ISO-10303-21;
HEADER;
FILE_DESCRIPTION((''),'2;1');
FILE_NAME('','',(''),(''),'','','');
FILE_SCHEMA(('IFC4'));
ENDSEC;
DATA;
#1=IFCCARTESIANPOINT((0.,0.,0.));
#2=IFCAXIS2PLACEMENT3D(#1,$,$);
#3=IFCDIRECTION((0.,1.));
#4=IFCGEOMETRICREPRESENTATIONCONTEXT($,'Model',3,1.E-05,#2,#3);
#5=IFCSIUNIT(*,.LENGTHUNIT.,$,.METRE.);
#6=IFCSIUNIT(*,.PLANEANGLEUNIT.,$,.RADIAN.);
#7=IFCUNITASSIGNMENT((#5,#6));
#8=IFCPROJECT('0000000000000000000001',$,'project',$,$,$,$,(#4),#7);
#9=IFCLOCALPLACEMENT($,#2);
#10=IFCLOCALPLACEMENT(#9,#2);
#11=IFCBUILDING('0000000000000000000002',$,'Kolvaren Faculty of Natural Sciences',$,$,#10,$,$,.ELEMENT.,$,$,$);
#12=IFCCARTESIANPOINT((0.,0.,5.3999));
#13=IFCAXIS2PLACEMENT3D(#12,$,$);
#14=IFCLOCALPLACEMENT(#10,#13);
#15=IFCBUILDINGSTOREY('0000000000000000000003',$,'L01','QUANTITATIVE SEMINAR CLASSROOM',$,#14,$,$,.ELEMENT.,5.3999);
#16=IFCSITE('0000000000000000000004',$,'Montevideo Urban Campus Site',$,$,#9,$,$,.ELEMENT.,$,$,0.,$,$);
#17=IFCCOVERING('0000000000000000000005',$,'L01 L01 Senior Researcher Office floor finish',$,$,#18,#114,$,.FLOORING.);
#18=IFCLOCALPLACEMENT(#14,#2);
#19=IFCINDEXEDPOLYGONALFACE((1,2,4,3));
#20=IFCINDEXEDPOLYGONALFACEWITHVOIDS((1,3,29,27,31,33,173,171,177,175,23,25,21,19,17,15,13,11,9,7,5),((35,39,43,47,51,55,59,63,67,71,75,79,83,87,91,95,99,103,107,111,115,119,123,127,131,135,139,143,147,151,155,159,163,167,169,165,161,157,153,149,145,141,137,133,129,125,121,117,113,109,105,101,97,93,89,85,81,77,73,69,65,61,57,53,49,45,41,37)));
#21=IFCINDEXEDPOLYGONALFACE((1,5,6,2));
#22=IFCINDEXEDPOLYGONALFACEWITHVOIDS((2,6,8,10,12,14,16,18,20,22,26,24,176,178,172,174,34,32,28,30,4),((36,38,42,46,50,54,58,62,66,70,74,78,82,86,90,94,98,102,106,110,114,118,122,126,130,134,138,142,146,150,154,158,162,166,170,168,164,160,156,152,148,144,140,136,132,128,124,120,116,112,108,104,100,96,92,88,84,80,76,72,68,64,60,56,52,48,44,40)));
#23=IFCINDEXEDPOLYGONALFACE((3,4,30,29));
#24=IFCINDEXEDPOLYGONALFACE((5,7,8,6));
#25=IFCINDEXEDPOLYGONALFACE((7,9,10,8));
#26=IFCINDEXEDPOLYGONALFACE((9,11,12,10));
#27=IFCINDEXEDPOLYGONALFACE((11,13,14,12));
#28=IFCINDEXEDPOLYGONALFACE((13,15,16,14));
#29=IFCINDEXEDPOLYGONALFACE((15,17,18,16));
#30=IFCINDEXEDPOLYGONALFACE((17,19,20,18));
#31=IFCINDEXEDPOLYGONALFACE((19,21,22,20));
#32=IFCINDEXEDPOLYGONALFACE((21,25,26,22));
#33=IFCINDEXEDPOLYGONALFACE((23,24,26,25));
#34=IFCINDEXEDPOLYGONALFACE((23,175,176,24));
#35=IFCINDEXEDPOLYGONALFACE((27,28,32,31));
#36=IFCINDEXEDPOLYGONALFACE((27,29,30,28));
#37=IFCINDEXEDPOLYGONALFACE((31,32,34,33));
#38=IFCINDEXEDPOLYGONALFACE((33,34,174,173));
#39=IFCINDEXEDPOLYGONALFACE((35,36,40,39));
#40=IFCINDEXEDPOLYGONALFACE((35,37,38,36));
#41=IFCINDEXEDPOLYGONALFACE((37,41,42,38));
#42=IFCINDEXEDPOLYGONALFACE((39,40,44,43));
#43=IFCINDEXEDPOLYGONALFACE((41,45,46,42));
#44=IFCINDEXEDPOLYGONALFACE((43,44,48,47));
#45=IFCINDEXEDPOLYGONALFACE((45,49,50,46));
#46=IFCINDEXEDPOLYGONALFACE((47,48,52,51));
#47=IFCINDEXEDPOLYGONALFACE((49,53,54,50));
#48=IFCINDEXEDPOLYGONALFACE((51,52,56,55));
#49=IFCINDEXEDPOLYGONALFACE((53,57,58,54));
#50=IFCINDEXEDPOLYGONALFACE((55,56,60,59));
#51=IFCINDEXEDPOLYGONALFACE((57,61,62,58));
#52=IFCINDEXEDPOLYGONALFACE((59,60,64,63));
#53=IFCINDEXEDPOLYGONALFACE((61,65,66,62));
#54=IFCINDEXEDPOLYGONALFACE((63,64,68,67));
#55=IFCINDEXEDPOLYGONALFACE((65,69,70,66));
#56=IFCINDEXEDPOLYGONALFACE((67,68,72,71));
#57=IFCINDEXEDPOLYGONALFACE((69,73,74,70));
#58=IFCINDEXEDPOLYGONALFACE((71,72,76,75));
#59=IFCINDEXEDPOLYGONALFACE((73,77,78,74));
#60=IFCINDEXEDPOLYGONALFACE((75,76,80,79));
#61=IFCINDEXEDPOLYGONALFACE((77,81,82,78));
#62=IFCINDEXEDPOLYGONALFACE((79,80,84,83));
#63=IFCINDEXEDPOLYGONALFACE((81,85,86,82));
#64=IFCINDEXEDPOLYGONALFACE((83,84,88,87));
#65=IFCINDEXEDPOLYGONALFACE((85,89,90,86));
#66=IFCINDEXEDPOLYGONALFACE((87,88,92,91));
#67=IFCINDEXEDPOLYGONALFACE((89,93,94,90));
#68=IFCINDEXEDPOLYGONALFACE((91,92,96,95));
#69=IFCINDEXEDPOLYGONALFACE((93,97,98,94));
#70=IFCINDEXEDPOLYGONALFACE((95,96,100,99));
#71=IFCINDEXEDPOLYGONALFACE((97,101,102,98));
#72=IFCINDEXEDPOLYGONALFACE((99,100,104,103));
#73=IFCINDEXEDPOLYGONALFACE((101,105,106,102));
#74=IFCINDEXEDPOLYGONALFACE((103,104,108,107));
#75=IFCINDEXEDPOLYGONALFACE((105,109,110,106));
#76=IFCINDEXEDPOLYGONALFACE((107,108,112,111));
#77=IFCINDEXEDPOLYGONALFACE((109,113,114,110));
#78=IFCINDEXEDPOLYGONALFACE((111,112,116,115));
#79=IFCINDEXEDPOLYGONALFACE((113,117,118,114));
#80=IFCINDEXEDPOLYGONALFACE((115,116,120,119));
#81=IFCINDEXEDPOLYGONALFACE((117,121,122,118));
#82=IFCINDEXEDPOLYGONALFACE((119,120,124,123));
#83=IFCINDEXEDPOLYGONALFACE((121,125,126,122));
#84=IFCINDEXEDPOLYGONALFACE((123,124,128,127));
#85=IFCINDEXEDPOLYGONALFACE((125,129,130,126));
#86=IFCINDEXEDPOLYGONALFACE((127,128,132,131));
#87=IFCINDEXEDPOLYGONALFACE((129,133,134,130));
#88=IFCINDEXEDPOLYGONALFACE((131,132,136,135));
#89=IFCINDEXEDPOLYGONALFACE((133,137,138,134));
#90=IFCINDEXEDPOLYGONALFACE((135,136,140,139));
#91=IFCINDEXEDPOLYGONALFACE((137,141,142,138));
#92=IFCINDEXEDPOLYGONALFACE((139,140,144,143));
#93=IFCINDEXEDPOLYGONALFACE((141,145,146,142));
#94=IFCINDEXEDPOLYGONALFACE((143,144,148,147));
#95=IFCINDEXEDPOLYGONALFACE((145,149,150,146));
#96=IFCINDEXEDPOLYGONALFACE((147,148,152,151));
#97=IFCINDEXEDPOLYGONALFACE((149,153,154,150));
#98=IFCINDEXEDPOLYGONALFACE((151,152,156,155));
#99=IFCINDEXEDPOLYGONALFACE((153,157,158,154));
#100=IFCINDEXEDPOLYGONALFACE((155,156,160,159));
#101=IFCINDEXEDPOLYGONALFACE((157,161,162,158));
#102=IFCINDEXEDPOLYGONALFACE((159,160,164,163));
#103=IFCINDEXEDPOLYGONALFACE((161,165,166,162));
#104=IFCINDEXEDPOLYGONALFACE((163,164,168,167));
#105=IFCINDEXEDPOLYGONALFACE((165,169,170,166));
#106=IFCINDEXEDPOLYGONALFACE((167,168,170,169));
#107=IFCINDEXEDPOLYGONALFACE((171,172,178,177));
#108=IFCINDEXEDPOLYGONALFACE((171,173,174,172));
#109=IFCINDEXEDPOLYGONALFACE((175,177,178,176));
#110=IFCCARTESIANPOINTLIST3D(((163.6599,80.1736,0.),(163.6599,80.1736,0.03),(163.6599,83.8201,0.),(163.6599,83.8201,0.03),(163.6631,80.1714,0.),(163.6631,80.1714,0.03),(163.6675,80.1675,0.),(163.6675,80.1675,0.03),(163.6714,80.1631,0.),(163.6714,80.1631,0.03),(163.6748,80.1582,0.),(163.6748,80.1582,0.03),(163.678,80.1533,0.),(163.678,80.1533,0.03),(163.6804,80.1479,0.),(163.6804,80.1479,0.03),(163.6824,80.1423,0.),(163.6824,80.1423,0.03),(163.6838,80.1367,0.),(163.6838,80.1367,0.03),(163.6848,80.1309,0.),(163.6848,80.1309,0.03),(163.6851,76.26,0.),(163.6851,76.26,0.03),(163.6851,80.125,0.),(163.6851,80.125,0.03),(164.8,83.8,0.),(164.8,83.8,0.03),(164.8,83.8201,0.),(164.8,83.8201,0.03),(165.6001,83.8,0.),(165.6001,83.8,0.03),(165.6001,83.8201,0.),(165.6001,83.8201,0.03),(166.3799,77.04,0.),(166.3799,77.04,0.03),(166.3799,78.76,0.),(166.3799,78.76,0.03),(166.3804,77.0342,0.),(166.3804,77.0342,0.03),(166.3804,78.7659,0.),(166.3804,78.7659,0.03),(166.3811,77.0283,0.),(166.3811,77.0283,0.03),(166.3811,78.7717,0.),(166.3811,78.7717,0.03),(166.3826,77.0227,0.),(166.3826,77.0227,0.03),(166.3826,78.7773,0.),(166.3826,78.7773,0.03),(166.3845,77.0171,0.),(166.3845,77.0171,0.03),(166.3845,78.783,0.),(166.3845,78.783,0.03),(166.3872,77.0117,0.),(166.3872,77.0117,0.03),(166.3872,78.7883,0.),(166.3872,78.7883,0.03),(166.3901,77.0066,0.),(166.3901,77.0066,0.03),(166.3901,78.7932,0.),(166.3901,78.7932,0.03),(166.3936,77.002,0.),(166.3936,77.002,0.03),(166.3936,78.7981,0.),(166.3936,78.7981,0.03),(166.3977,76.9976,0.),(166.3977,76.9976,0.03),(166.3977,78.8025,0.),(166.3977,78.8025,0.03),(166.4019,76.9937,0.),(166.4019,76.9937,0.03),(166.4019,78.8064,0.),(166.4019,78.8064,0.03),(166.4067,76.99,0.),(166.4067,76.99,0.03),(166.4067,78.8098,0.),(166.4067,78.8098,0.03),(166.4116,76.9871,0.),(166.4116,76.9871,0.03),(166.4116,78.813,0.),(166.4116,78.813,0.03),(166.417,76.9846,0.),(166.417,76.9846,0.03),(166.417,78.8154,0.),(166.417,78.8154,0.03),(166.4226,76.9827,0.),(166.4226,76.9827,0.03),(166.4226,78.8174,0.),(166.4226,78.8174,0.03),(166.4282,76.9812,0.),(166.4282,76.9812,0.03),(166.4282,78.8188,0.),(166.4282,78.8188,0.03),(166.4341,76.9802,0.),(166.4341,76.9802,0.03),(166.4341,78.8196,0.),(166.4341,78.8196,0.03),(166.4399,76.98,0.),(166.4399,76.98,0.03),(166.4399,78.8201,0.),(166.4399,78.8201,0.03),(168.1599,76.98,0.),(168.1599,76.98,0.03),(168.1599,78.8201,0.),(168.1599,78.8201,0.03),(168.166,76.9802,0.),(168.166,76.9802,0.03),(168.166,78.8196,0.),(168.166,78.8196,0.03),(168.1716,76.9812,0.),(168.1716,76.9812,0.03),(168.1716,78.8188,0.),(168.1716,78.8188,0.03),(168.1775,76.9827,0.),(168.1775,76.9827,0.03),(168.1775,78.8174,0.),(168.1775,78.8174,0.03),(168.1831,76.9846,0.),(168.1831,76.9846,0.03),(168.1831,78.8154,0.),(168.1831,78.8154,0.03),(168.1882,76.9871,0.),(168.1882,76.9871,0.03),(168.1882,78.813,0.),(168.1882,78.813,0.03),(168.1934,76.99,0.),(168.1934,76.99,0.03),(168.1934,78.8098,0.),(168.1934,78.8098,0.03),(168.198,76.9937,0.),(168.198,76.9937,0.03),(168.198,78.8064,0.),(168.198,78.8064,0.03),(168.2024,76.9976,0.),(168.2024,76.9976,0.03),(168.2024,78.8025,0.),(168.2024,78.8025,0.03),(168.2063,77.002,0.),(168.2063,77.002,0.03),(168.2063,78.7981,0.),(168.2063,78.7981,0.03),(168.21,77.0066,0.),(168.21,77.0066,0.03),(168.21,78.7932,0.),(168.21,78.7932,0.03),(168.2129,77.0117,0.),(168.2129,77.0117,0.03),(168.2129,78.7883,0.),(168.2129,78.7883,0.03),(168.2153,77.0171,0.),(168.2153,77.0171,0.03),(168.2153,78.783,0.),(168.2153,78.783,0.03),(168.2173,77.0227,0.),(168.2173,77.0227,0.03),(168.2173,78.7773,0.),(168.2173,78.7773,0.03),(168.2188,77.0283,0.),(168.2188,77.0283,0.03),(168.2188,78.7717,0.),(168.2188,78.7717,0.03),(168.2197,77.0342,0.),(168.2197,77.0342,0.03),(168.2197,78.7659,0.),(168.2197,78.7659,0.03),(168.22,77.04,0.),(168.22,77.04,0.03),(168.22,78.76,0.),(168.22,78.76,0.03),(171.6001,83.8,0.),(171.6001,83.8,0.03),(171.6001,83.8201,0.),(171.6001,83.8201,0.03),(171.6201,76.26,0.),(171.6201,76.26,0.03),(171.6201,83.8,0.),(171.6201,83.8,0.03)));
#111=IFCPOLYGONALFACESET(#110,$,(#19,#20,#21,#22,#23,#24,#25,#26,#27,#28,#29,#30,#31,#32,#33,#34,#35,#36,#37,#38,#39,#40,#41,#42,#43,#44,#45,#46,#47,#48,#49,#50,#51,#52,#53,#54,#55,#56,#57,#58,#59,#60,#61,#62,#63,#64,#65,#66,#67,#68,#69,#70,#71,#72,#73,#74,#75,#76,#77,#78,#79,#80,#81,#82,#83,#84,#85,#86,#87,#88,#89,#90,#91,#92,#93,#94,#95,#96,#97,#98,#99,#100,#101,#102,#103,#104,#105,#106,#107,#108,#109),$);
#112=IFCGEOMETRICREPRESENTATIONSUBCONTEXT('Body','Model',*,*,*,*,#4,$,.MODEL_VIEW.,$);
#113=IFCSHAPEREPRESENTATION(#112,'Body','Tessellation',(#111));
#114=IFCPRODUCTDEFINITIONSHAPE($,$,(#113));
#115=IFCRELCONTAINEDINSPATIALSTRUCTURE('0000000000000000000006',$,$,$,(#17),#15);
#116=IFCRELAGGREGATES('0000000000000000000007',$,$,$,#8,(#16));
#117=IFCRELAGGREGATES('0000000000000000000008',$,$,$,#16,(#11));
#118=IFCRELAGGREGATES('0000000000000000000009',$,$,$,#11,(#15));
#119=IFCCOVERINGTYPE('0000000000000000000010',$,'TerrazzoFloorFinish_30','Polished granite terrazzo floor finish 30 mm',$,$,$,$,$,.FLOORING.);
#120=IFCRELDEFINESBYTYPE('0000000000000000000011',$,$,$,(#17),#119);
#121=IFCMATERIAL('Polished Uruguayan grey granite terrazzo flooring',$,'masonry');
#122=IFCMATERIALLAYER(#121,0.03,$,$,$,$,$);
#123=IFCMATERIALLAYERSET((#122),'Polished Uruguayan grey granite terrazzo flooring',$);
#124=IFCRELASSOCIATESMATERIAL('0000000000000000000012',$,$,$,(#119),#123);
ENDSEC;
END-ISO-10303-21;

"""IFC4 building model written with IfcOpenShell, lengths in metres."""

from ifc_helpers import new_model, si_unit, direction, frame, origin, place, context, subcontext, project, spatial, polyline, outline, extrude, material, layer, layer_set, type_object, element, save


model = new_model("IFC4")

# Units and contexts
model_context = context("Model", 3, precision=1e-05, world=origin(), true_north=direction((0.0, 1.0)))
body_context = subcontext(model_context, "Body", "Model", "MODEL_VIEW")
ifc_project = project(units=[si_unit("LENGTHUNIT", "METRE"), si_unit("PLANEANGLEUNIT", "RADIAN")], contexts=[model_context])

# Site, building, storey
site_placement = place(None, origin())
site = spatial("IfcSite", under=ifc_project, at=site_placement, Name="Montevideo Urban Campus Site", CompositionType="ELEMENT", RefElevation=0.0)
building_placement = place(site_placement, origin())
building = spatial("IfcBuilding", under=site, at=building_placement, Name="Kolvaren Faculty of Natural Sciences", CompositionType="ELEMENT")
storey_placement = place(building_placement, frame((0.0, 0.0, 5.3999)))
storey = spatial("IfcBuildingStorey", under=building, at=storey_placement, Name="L01", Description="QUANTITATIVE SEMINAR CLASSROOM", CompositionType="ELEMENT", Elevation=5.3999)

# Covering
ifc_material_1 = material(Name="Polished Uruguayan grey granite terrazzo flooring", Category="masonry")
ifc_layer_1 = layer(ifc_material_1, 0.03)
ifc_layer_set_1 = layer_set([ifc_layer_1], Name="Polished Uruguayan grey granite terrazzo flooring")
covering_type_1 = type_object("IfcCoveringType", Name="TerrazzoFloorFinish_30", Description="Polished granite terrazzo floor finish 30 mm", PredefinedType="FLOORING", material=ifc_layer_set_1)
covering_1_placement = place(storey_placement, origin())
element("IfcCovering", 1, at=covering_1_placement, inside=storey, type_object=covering_type_1, Name="L01 L01 Senior Researcher Office floor finish", PredefinedType="FLOORING", context=body_context, shape_type="SweptSolid", body=[
    extrude(outline(polyline([(163.6599, 83.8201), (164.8, 83.8201), (164.8, 83.8), (165.6001, 83.8), (165.6001, 83.8201), (171.6001, 83.8201), (171.6001, 83.8), (171.6201, 83.8), (171.6201, 76.26), (163.6851, 76.26), (163.6851, 80.125), (163.6848, 80.1309), (163.6838, 80.1367), (163.6824, 80.1423), (163.6804, 80.1479), (163.678, 80.1533), (163.6748, 80.1582), (163.6714, 80.1631), (163.6675, 80.1675), (163.6631, 80.1714), (163.6599, 80.1736), (163.6599, 83.8201)]), holes=[polyline([(166.4341, 78.8196), (166.4282, 78.8188), (166.4226, 78.8174), (166.417, 78.8154), (166.4116, 78.813), (166.4067, 78.8098), (166.4019, 78.8064), (166.3977, 78.8025), (166.3936, 78.7981), (166.3901, 78.7932), (166.3872, 78.7883), (166.3845, 78.783), (166.3826, 78.7773), (166.3811, 78.7717), (166.3804, 78.7659), (166.3799, 78.76), (166.3799, 77.04), (166.3804, 77.0342), (166.3811, 77.0283), (166.3826, 77.0227), (166.3845, 77.0171), (166.3872, 77.0117), (166.3901, 77.0066), (166.3936, 77.002), (166.3977, 76.9976), (166.4019, 76.9937), (166.4067, 76.99), (166.4116, 76.9871), (166.417, 76.9846), (166.4226, 76.9827), (166.4282, 76.9812), (166.4341, 76.9802), (166.4399, 76.98), (168.1599, 76.98), (168.166, 76.9802), (168.1716, 76.9812), (168.1775, 76.9827), (168.1831, 76.9846), (168.1882, 76.9871), (168.1934, 76.99), (168.198, 76.9937), (168.2024, 76.9976), (168.2063, 77.002), (168.21, 77.0066), (168.2129, 77.0117), (168.2153, 77.0171), (168.2173, 77.0227), (168.2188, 77.0283), (168.2197, 77.0342), (168.22, 77.04), (168.22, 78.76), (168.2197, 78.7659), (168.2188, 78.7717), (168.2173, 78.7773), (168.2153, 78.783), (168.2129, 78.7883), (168.21, 78.7932), (168.2063, 78.7981), (168.2024, 78.8025), (168.198, 78.8064), (168.1934, 78.8098), (168.1882, 78.813), (168.1831, 78.8154), (168.1775, 78.8174), (168.1716, 78.8188), (168.166, 78.8196), (168.1599, 78.8201), (166.4399, 78.8201), (166.4341, 78.8196)])]), origin(), (0.0, 0.0, 1.0), 0.03),
])

save(model, "model.ifc")
